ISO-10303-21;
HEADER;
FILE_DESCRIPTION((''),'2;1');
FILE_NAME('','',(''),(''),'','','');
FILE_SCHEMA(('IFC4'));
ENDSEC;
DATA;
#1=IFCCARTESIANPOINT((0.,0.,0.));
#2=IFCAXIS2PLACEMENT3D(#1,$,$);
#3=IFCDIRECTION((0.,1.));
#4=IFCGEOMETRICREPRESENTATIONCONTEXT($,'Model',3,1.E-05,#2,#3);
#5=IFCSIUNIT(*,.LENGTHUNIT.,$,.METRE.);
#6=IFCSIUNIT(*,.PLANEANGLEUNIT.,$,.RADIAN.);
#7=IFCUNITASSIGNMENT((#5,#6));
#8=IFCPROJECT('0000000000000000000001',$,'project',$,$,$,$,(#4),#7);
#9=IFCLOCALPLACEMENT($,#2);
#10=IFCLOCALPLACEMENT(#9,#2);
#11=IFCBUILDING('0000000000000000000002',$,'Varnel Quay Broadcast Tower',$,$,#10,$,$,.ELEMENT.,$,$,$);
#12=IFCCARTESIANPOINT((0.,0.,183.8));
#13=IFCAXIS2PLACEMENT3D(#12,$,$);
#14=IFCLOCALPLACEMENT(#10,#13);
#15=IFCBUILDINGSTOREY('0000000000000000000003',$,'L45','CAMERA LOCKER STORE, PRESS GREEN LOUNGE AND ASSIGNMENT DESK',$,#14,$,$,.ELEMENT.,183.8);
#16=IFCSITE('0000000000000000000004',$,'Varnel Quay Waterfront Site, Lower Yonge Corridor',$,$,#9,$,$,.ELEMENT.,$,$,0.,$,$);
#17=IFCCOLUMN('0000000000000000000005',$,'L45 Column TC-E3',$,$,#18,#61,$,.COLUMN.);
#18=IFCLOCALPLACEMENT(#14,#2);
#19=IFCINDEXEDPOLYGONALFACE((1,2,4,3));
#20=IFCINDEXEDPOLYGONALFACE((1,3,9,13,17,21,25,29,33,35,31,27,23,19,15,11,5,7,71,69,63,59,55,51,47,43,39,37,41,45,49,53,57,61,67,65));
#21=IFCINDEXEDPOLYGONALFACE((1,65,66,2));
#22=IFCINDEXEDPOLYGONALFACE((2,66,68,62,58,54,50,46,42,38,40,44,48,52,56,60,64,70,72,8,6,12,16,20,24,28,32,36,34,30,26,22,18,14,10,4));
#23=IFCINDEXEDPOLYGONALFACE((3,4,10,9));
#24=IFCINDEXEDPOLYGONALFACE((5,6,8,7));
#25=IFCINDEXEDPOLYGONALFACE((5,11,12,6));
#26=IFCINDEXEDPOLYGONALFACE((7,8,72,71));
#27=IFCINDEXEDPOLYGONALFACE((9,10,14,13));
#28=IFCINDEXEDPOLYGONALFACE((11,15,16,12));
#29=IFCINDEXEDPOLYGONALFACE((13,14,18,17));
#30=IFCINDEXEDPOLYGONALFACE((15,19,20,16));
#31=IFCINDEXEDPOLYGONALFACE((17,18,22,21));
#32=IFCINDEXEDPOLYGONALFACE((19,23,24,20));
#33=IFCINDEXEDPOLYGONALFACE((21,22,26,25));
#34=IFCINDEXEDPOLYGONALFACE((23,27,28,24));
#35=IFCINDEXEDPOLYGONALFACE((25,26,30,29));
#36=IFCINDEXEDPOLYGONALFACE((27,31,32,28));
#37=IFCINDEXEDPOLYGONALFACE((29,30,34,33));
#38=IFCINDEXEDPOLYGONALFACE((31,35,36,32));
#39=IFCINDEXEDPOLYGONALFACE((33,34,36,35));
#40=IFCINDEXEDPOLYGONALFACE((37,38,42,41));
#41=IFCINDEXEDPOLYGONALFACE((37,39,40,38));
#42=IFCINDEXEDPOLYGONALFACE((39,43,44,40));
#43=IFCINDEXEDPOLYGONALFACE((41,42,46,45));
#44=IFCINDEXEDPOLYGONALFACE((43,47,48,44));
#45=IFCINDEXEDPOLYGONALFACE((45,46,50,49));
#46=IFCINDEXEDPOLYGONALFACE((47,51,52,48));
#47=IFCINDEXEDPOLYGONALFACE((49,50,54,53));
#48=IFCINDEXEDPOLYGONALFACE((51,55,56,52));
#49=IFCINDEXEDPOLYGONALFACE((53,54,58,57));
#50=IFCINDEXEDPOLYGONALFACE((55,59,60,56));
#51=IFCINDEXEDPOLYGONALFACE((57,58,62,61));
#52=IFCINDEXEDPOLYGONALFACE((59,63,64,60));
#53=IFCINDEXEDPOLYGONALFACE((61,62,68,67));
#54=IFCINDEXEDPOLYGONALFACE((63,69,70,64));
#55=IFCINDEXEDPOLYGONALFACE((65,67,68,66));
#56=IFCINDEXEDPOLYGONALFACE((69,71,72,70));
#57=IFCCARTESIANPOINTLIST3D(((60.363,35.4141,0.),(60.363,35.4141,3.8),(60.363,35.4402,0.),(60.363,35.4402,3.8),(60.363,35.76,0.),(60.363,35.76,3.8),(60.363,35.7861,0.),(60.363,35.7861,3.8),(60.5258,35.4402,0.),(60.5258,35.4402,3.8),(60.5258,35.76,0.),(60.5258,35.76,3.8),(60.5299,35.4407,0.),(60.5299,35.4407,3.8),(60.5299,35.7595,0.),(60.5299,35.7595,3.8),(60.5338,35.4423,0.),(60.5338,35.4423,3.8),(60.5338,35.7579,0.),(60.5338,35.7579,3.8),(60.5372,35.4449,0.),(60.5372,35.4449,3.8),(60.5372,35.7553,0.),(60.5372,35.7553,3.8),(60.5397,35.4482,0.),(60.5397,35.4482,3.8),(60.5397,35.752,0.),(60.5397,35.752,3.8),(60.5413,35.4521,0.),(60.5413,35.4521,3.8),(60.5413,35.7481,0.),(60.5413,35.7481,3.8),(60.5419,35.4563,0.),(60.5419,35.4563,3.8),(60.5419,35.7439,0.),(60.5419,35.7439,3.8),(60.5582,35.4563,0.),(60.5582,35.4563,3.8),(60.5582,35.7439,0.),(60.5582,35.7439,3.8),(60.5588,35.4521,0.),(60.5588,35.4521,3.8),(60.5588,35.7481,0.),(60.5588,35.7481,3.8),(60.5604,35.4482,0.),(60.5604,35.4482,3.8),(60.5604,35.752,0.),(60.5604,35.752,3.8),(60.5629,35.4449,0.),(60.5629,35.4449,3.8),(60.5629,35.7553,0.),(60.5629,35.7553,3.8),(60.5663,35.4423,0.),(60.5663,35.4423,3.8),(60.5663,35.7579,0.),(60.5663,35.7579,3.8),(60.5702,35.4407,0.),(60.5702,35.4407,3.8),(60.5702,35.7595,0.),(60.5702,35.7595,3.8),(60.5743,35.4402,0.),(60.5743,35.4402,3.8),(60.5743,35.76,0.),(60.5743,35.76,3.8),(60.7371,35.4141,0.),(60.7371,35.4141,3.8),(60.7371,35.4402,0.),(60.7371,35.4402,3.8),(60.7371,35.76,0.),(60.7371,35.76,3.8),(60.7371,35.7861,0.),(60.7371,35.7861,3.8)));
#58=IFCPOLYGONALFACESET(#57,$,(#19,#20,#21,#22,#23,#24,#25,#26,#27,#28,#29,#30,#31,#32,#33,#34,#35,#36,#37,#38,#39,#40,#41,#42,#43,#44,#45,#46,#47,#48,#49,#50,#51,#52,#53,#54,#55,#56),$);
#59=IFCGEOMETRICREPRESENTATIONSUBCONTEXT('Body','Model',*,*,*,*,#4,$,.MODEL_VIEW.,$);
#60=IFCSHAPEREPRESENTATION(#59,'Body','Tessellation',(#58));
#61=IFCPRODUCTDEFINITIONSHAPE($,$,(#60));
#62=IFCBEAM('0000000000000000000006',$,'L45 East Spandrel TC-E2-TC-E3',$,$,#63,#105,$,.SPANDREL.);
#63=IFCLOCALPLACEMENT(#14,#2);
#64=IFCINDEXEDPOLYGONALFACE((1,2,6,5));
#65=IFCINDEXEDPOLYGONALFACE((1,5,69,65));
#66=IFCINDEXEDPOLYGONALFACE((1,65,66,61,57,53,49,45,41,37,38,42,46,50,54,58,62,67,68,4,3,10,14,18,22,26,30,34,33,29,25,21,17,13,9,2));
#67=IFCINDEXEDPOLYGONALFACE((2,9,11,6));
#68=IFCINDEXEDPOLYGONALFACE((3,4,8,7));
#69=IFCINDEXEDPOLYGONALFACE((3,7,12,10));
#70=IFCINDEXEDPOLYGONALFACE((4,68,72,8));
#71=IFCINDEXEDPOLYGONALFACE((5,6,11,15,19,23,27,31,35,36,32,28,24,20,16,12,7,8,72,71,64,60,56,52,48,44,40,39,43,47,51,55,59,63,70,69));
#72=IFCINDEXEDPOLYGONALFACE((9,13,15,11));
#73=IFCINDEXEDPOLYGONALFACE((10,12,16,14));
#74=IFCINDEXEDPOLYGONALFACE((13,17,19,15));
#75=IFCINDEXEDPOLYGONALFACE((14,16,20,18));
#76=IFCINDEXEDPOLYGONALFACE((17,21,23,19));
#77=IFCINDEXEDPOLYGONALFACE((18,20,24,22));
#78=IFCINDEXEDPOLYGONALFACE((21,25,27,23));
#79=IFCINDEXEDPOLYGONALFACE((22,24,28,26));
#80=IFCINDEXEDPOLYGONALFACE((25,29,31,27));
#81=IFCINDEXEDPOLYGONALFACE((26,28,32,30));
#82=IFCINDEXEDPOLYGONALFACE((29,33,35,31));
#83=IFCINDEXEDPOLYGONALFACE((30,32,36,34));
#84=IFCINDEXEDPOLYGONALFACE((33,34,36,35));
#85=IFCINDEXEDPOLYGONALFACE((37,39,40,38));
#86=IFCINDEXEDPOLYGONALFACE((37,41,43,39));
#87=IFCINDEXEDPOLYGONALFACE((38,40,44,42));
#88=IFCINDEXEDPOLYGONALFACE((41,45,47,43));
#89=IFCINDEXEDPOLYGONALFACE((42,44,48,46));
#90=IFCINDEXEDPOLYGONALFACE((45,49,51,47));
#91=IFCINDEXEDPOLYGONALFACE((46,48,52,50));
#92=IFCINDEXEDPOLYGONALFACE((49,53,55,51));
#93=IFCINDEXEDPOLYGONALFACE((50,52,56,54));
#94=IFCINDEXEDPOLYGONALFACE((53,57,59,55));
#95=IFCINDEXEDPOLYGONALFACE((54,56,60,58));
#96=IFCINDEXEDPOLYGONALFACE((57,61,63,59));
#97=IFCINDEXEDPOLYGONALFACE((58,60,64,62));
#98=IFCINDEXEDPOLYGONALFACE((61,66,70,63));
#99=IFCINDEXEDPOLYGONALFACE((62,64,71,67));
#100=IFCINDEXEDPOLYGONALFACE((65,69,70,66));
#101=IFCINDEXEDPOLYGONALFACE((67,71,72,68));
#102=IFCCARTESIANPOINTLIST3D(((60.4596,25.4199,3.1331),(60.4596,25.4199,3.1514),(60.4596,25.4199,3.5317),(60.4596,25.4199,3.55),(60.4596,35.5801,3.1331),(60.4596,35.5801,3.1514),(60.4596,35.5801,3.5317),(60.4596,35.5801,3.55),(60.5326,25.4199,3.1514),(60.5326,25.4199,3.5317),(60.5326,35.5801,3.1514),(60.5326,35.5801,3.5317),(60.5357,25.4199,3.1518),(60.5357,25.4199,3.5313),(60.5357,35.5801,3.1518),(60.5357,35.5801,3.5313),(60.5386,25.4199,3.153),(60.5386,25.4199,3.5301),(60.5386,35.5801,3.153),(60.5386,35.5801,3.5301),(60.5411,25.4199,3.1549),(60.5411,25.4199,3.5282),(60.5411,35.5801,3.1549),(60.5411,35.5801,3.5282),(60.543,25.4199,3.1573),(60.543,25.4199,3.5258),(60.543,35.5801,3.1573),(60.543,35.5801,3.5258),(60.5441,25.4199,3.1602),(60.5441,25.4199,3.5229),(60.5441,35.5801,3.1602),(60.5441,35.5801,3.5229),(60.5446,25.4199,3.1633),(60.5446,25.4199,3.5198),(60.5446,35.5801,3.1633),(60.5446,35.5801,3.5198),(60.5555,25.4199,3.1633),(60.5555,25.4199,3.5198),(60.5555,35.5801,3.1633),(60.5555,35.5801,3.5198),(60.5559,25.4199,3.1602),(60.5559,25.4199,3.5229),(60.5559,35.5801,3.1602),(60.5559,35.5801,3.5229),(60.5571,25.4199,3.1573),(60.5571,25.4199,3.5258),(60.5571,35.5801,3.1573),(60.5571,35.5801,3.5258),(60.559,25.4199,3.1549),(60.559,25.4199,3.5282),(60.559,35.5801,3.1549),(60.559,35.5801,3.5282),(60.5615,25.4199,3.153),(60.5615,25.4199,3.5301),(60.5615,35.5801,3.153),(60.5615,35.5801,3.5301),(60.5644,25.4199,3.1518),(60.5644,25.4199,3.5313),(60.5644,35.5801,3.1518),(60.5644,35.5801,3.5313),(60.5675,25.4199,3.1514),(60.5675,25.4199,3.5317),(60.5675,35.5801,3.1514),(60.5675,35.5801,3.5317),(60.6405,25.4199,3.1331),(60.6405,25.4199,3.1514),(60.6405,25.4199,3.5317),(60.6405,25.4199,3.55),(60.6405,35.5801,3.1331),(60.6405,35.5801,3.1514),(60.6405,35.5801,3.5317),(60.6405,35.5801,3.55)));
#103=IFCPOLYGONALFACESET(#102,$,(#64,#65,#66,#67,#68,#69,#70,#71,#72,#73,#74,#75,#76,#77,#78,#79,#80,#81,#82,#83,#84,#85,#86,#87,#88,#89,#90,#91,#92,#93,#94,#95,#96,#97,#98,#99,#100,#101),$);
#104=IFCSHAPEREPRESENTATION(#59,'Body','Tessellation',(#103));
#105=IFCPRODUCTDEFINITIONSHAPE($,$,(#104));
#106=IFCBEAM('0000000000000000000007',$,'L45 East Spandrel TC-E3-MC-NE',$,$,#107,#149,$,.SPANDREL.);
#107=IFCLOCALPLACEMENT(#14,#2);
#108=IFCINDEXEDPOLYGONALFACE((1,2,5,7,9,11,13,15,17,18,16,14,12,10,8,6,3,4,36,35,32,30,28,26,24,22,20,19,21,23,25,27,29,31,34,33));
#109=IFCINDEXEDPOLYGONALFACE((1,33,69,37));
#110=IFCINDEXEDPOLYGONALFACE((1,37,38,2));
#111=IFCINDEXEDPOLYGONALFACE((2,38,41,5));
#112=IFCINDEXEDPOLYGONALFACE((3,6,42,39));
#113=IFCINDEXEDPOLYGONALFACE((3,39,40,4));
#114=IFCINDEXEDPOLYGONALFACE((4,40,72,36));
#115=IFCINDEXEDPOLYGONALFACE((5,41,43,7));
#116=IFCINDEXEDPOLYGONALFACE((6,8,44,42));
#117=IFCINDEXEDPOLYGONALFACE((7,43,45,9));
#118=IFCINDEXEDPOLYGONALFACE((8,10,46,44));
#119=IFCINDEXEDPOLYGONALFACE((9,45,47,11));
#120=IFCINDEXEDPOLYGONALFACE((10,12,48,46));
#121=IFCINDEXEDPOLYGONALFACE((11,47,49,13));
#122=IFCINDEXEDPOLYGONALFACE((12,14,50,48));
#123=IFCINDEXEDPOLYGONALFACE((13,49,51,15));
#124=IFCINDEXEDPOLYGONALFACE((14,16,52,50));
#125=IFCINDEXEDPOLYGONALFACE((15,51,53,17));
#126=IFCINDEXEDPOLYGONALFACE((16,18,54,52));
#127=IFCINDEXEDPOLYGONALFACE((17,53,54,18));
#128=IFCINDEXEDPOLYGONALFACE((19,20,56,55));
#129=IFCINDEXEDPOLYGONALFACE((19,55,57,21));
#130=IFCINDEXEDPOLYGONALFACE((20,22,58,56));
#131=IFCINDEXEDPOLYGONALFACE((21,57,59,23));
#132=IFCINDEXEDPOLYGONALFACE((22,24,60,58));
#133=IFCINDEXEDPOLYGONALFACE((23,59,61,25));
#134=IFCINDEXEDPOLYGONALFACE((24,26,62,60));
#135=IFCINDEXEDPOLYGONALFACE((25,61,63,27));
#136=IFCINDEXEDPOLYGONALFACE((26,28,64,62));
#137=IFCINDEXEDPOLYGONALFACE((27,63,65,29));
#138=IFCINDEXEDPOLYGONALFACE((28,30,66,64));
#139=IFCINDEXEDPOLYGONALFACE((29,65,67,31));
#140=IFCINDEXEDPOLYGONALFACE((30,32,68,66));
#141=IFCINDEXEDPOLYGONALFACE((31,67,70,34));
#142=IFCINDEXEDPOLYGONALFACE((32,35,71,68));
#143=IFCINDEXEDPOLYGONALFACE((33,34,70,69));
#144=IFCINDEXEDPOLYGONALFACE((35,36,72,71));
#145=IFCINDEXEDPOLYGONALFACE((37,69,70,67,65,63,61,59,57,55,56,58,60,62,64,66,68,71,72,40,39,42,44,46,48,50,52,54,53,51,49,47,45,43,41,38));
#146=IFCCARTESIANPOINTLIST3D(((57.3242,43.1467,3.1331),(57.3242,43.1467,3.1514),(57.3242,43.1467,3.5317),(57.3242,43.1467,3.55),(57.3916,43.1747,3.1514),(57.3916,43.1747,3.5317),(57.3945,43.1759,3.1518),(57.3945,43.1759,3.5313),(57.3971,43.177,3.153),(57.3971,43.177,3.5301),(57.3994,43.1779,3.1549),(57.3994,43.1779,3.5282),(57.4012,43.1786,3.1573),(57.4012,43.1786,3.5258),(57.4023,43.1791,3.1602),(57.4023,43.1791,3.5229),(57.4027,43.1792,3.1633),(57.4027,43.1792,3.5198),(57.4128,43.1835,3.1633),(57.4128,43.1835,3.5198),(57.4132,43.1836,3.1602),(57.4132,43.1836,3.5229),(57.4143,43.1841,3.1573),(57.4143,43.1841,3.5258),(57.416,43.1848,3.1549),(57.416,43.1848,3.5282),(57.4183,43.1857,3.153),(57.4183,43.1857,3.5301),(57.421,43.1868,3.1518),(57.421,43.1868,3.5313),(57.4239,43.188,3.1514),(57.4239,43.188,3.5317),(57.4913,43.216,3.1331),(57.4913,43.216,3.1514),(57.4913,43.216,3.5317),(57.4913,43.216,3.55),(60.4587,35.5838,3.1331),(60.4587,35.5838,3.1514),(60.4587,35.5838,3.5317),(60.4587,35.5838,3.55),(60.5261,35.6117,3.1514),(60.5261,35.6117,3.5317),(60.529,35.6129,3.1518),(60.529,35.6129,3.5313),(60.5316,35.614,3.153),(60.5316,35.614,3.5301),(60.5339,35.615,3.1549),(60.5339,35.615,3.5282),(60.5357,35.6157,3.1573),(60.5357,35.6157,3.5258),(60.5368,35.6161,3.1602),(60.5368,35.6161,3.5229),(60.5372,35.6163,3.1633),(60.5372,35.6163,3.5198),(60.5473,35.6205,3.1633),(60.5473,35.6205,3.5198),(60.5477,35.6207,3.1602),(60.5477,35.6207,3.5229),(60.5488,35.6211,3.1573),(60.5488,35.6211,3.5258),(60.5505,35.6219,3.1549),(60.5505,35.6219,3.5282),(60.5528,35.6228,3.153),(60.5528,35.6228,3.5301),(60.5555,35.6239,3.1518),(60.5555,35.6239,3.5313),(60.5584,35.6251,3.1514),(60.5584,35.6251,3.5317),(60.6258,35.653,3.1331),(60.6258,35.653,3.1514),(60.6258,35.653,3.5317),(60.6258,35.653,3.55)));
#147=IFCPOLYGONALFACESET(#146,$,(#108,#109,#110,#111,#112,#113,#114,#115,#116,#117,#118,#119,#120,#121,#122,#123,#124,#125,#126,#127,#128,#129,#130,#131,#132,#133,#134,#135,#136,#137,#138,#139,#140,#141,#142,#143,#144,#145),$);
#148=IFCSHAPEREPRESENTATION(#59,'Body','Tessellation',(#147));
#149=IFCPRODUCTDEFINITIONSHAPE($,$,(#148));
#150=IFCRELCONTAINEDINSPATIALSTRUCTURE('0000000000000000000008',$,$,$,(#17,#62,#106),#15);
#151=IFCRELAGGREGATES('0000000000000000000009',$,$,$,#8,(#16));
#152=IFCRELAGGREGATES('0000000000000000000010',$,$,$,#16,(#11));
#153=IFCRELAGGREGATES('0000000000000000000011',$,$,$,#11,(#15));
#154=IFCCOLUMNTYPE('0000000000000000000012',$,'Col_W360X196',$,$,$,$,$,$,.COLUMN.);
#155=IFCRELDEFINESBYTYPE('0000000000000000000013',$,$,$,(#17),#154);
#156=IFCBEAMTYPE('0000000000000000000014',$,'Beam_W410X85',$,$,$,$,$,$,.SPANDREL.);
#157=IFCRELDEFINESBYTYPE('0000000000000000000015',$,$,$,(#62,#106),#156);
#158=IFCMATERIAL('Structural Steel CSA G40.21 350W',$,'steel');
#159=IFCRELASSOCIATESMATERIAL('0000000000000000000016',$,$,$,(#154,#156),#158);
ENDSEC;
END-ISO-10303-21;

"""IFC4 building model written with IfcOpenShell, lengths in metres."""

from ifc_helpers import new_model, si_unit, direction, frame, origin, origin_2d, place, context, subcontext, project, spatial, i_section, extrude, source, transform, mapped, material, material_profile, profile_set, type_object, type_shapes, element, save


model = new_model("IFC4")

# Units and contexts
model_context = context("Model", 3, precision=1e-05, world=origin(), true_north=direction((0.0, 1.0)))
body_context = subcontext(model_context, "Body", "Model", "MODEL_VIEW")
ifc_project = project(units=[si_unit("LENGTHUNIT", "METRE"), si_unit("PLANEANGLEUNIT", "RADIAN")], contexts=[model_context])

# Site, building, storey
site_placement = place(None, origin())
site = spatial("IfcSite", under=ifc_project, at=site_placement, Name="Varnel Quay Waterfront Site, Lower Yonge Corridor", CompositionType="ELEMENT", RefElevation=0.0)
building_placement = place(site_placement, origin())
building = spatial("IfcBuilding", under=site, at=building_placement, Name="Varnel Quay Broadcast Tower", CompositionType="ELEMENT")
storey_placement = place(building_placement, frame((0.0, 0.0, 183.8)))
storey = spatial("IfcBuildingStorey", under=building, at=storey_placement, Name="L45", Description="CAMERA LOCKER STORE, PRESS GREEN LOUNGE AND ASSIGNMENT DESK", CompositionType="ELEMENT", Elevation=183.8)

# Column
ifc_material_1 = material(Name="Structural Steel CSA G40.21 350W", Category="steel")
ifc_material_profile_1 = material_profile(ifc_material_1, i_section(OverallWidth=0.374, OverallDepth=0.3721, WebThickness=0.0164, FlangeThickness=0.0261, FilletRadius=0.0161, at=origin_2d()), Name="W360X196")
ifc_profile_set_1 = profile_set([ifc_material_profile_1], Name="Structural Steel CSA G40.21 350W")
column_type_1 = type_object("IfcColumnType", Name="Col_W360X196", PredefinedType="COLUMN", material=ifc_profile_set_1)
shared_shape_1 = source(origin(), body_context, "Body", "SweptSolid", [
    extrude(i_section(OverallWidth=0.374, OverallDepth=0.3721, WebThickness=0.0164, FlangeThickness=0.0261, FilletRadius=0.0161, at=origin_2d()), origin(), (0.0, 0.0, 1.0), 3.8),
])
type_shapes(column_type_1, [shared_shape_1])
for number, where, z_axis, x_axis, name in (
    (1, (60.55, 35.6001, 0.0), (0.0, 0.0, 1.0), (1.0, 0.0, 0.0), "L45 Column TC-E3"),
):
    element("IfcColumn", number, at=place(storey_placement, frame(where, z_axis=z_axis, x_axis=x_axis)), inside=storey, type_object=column_type_1, Name=name, PredefinedType="COLUMN", context=body_context, shape_type="MappedRepresentation", body=[
        mapped(shared_shape_1, transform((0.0, 0.0, 0.0), x_axis=(1.0, 0.0, 0.0), y_axis=(0.0, 1.0, 0.0), z_axis=(0.0, 0.0, 1.0), scale=1.0)),
    ])

# Beams
ifc_material_profile_2 = material_profile(ifc_material_1, i_section(OverallWidth=0.1809, OverallDepth=0.417, WebThickness=0.011, FlangeThickness=0.0183, FilletRadius=0.012, at=origin_2d()), Name="W410X85")
ifc_profile_set_2 = profile_set([ifc_material_profile_2], Name="Structural Steel CSA G40.21 350W")
beam_type_1 = type_object("IfcBeamType", Name="Beam_W410X85", PredefinedType="SPANDREL", material=ifc_profile_set_2)
shared_shape_2 = source(origin(), body_context, "Body", "SweptSolid", [
    extrude(i_section(OverallWidth=0.1809, OverallDepth=0.417, WebThickness=0.011, FlangeThickness=0.0183, FilletRadius=0.012, at=origin_2d()), origin(), (0.0, 0.0, 1.0), 10.1602),
])
beam_1_placement = place(storey_placement, frame((60.55, 25.4199, 3.3416), z_axis=(0.0, 1.0, 0.0), x_axis=(-1.0, 0.0, 0.0)))
element("IfcBeam", 2, at=beam_1_placement, inside=storey, type_object=beam_type_1, Name="L45 East Spandrel TC-E2-TC-E3", PredefinedType="SPANDREL", context=body_context, shape_type="MappedRepresentation", body=[
    mapped(shared_shape_2, transform((0.0, 0.0, 0.0), x_axis=(1.0, 0.0, 0.0), y_axis=(0.0, 1.0, 0.0), z_axis=(0.0, 0.0, 1.0), scale=1.0)),
])
shared_shape_3 = source(origin(), body_context, "Body", "SweptSolid", [
    extrude(i_section(OverallWidth=0.1809, OverallDepth=0.417, WebThickness=0.011, FlangeThickness=0.0183, FilletRadius=0.012, at=origin_2d()), origin(), (0.0, 0.0, 1.0), 8.1868),
])
beam_2_placement = place(storey_placement, frame((60.5422, 35.6184, 3.3416), z_axis=(-0.382874, 0.923801, 0.0), x_axis=(-0.923801, -0.382874, 0.0)))
element("IfcBeam", 3, at=beam_2_placement, inside=storey, type_object=beam_type_1, Name="L45 East Spandrel TC-E3-MC-NE", PredefinedType="SPANDREL", context=body_context, shape_type="MappedRepresentation", body=[
    mapped(shared_shape_3, transform((0.0, 0.0, 0.0), x_axis=(1.0, 0.0, 0.0), y_axis=(0.0, 1.0, 0.0), z_axis=(0.0, 0.0, 1.0), scale=1.0)),
])

save(model, "model.ifc")
